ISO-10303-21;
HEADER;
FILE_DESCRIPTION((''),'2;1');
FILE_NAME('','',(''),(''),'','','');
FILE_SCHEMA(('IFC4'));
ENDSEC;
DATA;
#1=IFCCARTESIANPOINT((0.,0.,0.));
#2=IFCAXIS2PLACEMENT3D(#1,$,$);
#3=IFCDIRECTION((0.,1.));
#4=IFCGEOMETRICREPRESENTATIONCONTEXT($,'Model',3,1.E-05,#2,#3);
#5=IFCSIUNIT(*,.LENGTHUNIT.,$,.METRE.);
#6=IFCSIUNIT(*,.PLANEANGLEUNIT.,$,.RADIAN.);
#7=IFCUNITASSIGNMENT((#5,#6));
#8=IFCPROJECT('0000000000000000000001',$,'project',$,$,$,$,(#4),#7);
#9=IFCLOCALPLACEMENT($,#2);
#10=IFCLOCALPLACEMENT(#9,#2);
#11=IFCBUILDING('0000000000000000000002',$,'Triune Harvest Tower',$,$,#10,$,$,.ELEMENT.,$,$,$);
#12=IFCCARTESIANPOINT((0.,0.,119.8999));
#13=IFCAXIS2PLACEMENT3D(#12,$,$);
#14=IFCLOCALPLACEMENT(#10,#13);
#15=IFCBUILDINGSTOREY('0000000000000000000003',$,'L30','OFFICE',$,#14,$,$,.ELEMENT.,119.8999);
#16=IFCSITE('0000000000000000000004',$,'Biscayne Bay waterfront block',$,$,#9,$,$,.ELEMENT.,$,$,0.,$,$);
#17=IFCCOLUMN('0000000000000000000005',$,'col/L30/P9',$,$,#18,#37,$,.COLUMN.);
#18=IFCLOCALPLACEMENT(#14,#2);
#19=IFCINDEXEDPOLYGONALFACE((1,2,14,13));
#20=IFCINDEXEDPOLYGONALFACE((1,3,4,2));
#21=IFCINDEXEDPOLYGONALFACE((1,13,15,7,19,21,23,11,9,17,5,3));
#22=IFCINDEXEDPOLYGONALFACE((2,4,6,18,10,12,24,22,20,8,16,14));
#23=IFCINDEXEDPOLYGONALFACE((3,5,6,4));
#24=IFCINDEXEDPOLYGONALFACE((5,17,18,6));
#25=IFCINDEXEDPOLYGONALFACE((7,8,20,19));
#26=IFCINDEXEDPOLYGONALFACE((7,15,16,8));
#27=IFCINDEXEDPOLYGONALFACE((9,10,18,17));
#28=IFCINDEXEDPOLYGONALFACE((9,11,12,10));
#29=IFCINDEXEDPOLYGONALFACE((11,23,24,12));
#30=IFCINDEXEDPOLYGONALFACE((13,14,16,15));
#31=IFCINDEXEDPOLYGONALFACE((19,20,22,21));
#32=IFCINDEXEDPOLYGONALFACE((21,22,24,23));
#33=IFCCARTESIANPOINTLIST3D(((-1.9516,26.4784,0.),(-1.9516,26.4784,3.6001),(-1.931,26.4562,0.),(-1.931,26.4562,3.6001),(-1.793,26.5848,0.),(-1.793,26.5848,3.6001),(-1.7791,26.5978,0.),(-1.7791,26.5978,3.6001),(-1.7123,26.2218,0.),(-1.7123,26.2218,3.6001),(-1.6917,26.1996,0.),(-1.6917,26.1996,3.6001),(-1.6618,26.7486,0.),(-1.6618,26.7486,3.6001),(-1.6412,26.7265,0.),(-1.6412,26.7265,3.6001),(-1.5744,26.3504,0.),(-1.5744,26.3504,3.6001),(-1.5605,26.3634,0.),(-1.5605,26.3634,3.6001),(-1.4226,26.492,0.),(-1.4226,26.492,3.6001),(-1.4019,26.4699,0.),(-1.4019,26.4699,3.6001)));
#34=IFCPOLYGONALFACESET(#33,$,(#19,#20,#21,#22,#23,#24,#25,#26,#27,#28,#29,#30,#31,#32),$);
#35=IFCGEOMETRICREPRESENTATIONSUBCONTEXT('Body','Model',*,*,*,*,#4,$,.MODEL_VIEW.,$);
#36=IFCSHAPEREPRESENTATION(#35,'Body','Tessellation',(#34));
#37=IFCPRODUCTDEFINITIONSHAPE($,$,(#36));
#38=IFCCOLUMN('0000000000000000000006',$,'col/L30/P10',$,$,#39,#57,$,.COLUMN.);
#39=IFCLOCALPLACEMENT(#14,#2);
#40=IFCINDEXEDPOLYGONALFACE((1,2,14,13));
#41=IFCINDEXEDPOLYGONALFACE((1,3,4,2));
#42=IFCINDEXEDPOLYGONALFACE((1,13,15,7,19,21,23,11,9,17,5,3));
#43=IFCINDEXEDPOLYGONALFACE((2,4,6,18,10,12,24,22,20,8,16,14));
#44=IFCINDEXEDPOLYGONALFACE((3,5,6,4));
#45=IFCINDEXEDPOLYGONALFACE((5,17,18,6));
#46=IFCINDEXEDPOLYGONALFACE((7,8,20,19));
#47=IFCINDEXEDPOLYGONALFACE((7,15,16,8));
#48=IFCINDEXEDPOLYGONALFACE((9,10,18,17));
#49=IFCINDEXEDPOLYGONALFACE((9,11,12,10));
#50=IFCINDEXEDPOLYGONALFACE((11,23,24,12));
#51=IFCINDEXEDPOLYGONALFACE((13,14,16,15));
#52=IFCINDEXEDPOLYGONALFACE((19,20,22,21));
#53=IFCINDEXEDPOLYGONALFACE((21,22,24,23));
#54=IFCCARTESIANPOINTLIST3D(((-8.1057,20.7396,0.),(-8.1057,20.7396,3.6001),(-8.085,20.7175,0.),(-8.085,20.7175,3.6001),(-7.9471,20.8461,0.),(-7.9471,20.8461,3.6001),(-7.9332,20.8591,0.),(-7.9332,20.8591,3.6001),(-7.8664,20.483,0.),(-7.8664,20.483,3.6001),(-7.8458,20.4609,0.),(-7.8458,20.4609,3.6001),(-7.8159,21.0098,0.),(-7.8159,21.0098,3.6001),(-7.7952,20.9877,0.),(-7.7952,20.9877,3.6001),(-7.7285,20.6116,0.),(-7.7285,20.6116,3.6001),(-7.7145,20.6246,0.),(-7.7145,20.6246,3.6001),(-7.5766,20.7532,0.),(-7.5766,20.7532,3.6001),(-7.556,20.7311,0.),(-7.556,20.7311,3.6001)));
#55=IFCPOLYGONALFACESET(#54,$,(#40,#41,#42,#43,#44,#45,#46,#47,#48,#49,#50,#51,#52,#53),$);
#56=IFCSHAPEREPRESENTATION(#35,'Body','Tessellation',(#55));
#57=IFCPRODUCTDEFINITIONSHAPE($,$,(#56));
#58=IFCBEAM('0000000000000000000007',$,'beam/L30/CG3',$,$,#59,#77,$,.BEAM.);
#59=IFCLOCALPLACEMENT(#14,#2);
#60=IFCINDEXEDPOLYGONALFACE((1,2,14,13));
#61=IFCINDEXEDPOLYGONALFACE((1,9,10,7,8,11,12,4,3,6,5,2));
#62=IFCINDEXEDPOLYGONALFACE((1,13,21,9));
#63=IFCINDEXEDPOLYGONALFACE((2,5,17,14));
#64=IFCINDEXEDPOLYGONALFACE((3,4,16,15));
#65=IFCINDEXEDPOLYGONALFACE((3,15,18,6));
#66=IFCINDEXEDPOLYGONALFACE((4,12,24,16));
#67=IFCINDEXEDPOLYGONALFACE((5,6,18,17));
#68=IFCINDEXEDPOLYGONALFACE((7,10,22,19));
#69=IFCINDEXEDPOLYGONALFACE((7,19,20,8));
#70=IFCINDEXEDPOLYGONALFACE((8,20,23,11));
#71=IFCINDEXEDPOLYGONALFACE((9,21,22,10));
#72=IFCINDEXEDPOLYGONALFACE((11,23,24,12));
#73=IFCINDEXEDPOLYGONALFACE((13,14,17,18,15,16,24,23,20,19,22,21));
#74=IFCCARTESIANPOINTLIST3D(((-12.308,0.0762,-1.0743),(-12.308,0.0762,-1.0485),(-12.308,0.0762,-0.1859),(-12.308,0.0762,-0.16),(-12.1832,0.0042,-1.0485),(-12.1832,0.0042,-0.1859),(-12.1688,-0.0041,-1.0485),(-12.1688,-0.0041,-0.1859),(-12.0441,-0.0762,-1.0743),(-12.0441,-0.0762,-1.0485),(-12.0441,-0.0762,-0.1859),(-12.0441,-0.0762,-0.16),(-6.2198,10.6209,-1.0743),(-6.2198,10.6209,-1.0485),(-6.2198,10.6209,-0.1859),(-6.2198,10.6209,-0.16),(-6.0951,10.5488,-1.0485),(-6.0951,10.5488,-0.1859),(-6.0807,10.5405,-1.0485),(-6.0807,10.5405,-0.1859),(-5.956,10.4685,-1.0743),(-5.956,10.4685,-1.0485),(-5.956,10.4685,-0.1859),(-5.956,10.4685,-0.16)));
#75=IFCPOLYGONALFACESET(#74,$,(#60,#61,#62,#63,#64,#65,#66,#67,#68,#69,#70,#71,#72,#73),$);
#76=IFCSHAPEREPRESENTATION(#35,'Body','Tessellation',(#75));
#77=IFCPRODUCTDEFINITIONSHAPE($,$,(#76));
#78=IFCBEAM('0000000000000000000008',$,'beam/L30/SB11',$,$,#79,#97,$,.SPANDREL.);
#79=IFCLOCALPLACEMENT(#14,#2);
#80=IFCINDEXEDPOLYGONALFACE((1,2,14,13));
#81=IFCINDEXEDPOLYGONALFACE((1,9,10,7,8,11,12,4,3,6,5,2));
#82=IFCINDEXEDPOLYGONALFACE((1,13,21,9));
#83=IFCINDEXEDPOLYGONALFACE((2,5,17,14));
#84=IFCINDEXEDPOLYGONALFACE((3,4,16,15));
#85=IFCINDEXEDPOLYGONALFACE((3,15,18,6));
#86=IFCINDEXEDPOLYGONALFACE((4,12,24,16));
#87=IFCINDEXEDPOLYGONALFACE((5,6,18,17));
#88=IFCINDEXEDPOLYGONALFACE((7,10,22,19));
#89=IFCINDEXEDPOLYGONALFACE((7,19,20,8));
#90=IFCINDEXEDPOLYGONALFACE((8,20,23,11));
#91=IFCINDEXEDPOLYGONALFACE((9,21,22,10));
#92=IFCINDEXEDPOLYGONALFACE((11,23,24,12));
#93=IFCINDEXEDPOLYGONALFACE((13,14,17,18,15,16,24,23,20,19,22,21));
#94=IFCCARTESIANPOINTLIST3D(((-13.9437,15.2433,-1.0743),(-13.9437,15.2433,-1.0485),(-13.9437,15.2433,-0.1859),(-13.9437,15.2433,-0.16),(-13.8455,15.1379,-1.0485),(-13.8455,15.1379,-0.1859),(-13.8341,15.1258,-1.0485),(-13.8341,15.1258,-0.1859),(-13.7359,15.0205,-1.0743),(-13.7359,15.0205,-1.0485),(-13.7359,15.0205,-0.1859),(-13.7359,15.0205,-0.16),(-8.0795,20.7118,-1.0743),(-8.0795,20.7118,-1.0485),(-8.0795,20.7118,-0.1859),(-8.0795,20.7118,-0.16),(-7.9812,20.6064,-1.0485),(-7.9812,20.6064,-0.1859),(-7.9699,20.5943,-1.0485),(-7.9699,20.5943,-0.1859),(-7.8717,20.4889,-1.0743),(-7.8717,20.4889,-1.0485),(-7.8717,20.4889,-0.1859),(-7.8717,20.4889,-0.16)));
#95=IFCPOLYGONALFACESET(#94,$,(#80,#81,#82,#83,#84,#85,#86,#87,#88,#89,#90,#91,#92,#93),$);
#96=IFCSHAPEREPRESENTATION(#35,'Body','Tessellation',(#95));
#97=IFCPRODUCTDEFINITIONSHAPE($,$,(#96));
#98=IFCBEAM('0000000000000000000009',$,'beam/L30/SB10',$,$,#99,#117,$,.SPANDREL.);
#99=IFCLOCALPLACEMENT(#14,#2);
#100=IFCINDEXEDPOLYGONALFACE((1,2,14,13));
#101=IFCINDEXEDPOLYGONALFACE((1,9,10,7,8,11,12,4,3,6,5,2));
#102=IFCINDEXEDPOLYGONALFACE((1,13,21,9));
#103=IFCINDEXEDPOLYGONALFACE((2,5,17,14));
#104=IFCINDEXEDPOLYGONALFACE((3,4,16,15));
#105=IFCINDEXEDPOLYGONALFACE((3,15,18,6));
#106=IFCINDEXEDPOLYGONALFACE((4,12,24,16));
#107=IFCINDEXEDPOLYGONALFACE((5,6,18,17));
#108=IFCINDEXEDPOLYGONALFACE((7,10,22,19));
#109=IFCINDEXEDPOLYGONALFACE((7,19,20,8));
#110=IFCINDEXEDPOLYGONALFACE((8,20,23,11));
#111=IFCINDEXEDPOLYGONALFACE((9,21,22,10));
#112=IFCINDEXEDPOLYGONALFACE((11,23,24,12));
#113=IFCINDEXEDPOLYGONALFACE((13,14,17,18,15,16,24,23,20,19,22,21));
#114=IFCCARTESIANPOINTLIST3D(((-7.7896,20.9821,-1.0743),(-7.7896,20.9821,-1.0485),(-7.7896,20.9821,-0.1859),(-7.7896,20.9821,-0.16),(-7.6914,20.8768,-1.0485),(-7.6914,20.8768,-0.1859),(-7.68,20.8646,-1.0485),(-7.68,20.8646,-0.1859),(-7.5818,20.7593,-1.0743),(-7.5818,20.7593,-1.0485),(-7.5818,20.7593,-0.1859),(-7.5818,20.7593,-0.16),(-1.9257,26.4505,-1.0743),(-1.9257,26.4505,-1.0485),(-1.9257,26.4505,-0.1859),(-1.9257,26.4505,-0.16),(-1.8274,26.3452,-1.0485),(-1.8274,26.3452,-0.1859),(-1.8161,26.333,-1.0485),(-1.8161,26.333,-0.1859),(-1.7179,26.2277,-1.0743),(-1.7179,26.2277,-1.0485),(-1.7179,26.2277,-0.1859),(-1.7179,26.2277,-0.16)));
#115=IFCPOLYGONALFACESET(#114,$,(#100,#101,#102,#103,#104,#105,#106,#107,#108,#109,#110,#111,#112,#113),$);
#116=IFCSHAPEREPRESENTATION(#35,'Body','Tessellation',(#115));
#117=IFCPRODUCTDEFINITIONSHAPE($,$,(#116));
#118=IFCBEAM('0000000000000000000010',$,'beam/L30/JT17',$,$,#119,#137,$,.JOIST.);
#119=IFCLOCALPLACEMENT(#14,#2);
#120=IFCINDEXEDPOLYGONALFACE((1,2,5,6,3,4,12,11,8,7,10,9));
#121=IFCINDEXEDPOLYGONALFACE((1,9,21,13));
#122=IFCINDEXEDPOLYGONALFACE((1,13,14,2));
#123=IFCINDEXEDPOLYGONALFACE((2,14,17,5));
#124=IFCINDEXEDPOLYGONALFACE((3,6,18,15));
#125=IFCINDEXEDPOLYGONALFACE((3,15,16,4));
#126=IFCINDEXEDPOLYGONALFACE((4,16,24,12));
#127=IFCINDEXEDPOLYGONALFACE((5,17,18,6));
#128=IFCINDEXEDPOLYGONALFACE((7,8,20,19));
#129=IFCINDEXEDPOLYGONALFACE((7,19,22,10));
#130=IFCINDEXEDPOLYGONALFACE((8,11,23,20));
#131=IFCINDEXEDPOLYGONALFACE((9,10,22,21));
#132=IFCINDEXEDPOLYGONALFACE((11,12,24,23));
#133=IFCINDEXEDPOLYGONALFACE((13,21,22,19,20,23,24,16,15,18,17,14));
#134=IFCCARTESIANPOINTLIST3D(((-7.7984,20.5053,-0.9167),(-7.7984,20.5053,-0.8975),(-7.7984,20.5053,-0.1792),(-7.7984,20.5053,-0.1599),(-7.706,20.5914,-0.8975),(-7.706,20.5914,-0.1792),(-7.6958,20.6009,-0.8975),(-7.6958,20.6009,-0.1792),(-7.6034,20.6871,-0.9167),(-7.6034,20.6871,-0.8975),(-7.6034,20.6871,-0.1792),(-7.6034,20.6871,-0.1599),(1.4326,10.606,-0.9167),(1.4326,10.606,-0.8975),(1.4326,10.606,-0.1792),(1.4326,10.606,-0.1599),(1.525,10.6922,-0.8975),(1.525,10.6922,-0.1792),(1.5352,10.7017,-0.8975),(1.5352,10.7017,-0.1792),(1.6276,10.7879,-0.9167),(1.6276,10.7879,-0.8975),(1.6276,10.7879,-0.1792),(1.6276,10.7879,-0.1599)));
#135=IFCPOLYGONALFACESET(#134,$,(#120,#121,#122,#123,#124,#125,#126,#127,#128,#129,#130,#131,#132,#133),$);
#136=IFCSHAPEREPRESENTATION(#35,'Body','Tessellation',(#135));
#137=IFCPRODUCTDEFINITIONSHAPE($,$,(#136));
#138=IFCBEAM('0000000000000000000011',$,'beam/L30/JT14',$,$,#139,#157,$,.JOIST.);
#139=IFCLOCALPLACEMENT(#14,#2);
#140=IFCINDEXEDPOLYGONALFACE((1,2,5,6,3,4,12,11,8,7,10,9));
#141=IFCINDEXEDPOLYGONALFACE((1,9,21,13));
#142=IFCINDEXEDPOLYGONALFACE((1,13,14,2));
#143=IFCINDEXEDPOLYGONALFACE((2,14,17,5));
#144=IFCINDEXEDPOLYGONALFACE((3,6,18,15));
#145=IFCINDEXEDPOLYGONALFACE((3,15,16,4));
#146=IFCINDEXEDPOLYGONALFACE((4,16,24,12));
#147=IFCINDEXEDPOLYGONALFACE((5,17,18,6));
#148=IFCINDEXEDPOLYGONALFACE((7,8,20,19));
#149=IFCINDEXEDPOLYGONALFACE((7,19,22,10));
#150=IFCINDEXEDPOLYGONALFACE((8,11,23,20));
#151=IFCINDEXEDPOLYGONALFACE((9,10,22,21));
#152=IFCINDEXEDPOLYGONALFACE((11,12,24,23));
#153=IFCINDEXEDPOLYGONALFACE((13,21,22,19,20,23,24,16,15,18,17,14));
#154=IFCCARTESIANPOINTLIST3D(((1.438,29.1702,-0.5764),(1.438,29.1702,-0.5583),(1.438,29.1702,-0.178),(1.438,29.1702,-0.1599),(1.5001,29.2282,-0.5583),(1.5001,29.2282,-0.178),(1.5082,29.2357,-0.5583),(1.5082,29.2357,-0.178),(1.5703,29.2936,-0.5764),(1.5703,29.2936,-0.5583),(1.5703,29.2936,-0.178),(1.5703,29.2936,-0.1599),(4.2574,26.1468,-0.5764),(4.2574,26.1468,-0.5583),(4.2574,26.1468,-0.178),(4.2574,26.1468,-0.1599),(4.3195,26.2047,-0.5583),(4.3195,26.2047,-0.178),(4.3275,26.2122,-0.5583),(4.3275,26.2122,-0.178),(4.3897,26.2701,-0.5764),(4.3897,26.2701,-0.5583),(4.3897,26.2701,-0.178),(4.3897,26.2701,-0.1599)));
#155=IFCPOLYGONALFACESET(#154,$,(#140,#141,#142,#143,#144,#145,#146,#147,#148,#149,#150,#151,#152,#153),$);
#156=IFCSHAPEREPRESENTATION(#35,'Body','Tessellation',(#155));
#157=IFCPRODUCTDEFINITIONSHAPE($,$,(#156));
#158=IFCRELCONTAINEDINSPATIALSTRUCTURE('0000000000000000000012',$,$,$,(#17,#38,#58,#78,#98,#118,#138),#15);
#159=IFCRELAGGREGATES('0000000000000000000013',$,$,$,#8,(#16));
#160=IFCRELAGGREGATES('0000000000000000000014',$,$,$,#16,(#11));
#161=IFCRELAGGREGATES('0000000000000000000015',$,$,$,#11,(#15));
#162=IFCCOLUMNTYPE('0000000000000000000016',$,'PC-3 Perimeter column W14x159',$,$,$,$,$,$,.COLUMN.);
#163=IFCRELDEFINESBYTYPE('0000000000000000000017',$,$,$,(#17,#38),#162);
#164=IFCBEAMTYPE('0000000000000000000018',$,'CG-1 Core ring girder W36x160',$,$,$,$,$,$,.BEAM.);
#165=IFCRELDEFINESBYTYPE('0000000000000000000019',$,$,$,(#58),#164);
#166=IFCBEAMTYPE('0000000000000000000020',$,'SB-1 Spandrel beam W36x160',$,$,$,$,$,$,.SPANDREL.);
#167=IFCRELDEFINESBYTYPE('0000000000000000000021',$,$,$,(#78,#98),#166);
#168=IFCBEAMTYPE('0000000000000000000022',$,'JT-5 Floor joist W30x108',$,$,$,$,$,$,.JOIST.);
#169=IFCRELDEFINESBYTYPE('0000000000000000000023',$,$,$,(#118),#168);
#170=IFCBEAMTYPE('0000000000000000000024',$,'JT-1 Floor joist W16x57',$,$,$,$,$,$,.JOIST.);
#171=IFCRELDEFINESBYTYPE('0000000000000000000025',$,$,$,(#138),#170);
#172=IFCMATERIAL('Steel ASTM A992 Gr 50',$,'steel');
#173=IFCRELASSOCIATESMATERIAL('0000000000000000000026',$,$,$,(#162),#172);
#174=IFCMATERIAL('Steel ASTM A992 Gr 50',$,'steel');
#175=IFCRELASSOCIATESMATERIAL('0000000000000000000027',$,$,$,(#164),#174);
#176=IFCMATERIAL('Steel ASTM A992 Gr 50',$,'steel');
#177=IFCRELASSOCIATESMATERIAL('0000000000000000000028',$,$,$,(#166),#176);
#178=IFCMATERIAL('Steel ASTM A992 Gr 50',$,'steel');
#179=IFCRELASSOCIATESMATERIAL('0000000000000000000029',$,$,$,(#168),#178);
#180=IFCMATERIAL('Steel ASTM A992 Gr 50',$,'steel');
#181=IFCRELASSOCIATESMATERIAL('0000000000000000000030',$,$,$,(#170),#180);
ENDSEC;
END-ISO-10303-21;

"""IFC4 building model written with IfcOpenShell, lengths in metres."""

from ifc_helpers import new_model, si_unit, direction, frame, origin, origin_2d, place, context, subcontext, project, spatial, i_section, extrude, source, transform, mapped, material, material_profile, profile_set, type_object, element, save


model = new_model("IFC4")

# Units and contexts
model_context = context("Model", 3, precision=1e-05, world=origin(), true_north=direction((0.0, 1.0)))
body_context = subcontext(model_context, "Body", "Model", "MODEL_VIEW")
ifc_project = project(units=[si_unit("LENGTHUNIT", "METRE"), si_unit("PLANEANGLEUNIT", "RADIAN")], contexts=[model_context])

# Site, building, storey
site_placement = place(None, origin())
site = spatial("IfcSite", under=ifc_project, at=site_placement, Name="Biscayne Bay waterfront block", CompositionType="ELEMENT", RefElevation=0.0)
building_placement = place(site_placement, origin())
building = spatial("IfcBuilding", under=site, at=building_placement, Name="Triune Harvest Tower", CompositionType="ELEMENT")
storey_placement = place(building_placement, frame((0.0, 0.0, 119.8999)))
storey = spatial("IfcBuildingStorey", under=building, at=storey_placement, Name="L30", Description="OFFICE", CompositionType="ELEMENT", Elevation=119.8999)

# Columns
ifc_material_1 = material(Name="Steel ASTM A992 Gr 50", Category="steel")
ifc_material_profile_1 = material_profile(ifc_material_1, i_section(OverallWidth=0.3962, OverallDepth=0.3811, WebThickness=0.019, FlangeThickness=0.0303, at=origin_2d()), Name="W14x159")
ifc_profile_set_1 = profile_set([ifc_material_profile_1], Name="Steel ASTM A992 Gr 50")
column_type = type_object("IfcColumnType", Name="PC-3 Perimeter column W14x159", PredefinedType="COLUMN", material=ifc_profile_set_1)
shared_shape_1 = source(origin(), body_context, "Body", "SweptSolid", [
    extrude(i_section(OverallWidth=0.3962, OverallDepth=0.3811, WebThickness=0.019, FlangeThickness=0.0303, at=origin_2d()), origin(), (0.0, 0.0, 1.0), 3.6001),
])
for number, where, z_axis, x_axis, name in (
    (1, (-1.6768, 26.4741, 0.0), (0.0, 0.0, 1.0), (-0.731355, -0.681997, 0.0), "col/L30/P9"),
    (2, (-7.8308, 20.7354, 0.0), (0.0, 0.0, 1.0), (-0.731355, -0.681997, 0.0), "col/L30/P10"),
):
    element("IfcColumn", number, at=place(storey_placement, frame(where, z_axis=z_axis, x_axis=x_axis)), inside=storey, type_object=column_type, Name=name, PredefinedType="COLUMN", context=body_context, shape_type="MappedRepresentation", body=[
        mapped(shared_shape_1, transform((0.0, 0.0, 0.0), scale=1.0)),
    ])

# Beams
ifc_material_2 = material(Name="Steel ASTM A992 Gr 50", Category="steel")
ifc_material_profile_2 = material_profile(ifc_material_2, i_section(OverallWidth=0.3047, OverallDepth=0.9143, WebThickness=0.0166, FlangeThickness=0.0259, at=origin_2d()), Name="W36x160")
ifc_profile_set_2 = profile_set([ifc_material_profile_2], Name="Steel ASTM A992 Gr 50")
beam_type_1 = type_object("IfcBeamType", Name="CG-1 Core ring girder W36x160", PredefinedType="BEAM", material=ifc_profile_set_2)
shared_shape_2 = source(origin(), body_context, "Body", "SweptSolid", [
    extrude(i_section(OverallWidth=0.3047, OverallDepth=0.9143, WebThickness=0.0166, FlangeThickness=0.0259, at=origin_2d()), origin(), (0.0, 0.0, 1.0), 12.176),
])
beam_1_placement = place(storey_placement, frame((-6.0879, 10.5447, -0.6172), z_axis=(-0.50001, -0.86602, 0.0), x_axis=(0.86602, -0.50001, 0.0)))
element("IfcBeam", 3, at=beam_1_placement, inside=storey, type_object=beam_type_1, Name="beam/L30/CG3", PredefinedType="BEAM", context=body_context, shape_type="MappedRepresentation", body=[
    mapped(shared_shape_2, transform((0.0, 0.0, 0.0), scale=1.0)),
])
ifc_material_3 = material(Name="Steel ASTM A992 Gr 50", Category="steel")
ifc_material_profile_3 = material_profile(ifc_material_3, i_section(OverallWidth=0.3047, OverallDepth=0.9143, WebThickness=0.0166, FlangeThickness=0.0259, at=origin_2d()), Name="W36x160")
ifc_profile_set_3 = profile_set([ifc_material_profile_3], Name="Steel ASTM A992 Gr 50")
beam_type_2 = type_object("IfcBeamType", Name="SB-1 Spandrel beam W36x160", PredefinedType="SPANDREL", material=ifc_profile_set_3)
shared_shape_3 = source(origin(), body_context, "Body", "SweptSolid", [
    extrude(i_section(OverallWidth=0.3047, OverallDepth=0.9143, WebThickness=0.0166, FlangeThickness=0.0259, at=origin_2d()), origin(), (0.0, 0.0, 1.0), 8.0183),
])
beam_2_placement = place(storey_placement, frame((-7.9756, 20.6003, -0.6172), z_axis=(-0.731354, -0.681998, 0.0), x_axis=(0.681998, -0.731354, 0.0)))
element("IfcBeam", 4, at=beam_2_placement, inside=storey, type_object=beam_type_2, Name="beam/L30/SB11", PredefinedType="SPANDREL", context=body_context, shape_type="MappedRepresentation", body=[
    mapped(shared_shape_3, transform((0.0, 0.0, 0.0), scale=1.0)),
])
shared_shape_4 = source(origin(), body_context, "Body", "SweptSolid", [
    extrude(i_section(OverallWidth=0.3047, OverallDepth=0.9143, WebThickness=0.0166, FlangeThickness=0.0259, at=origin_2d()), origin(), (0.0, 0.0, 1.0), 8.0181),
])
beam_3_placement = place(storey_placement, frame((-1.8218, 26.3391, -0.6172), z_axis=(-0.73134, -0.682013, 0.0), x_axis=(0.682013, -0.73134, 0.0)))
element("IfcBeam", 5, at=beam_3_placement, inside=storey, type_object=beam_type_2, Name="beam/L30/SB10", PredefinedType="SPANDREL", context=body_context, shape_type="MappedRepresentation", body=[
    mapped(shared_shape_4, transform((0.0, 0.0, 0.0), scale=1.0)),
])
ifc_material_4 = material(Name="Steel ASTM A992 Gr 50", Category="steel")
ifc_material_profile_4 = material_profile(ifc_material_4, i_section(OverallWidth=0.2666, OverallDepth=0.7568, WebThickness=0.0139, FlangeThickness=0.0193, at=origin_2d()), Name="W30x108")
ifc_profile_set_4 = profile_set([ifc_material_profile_4], Name="Steel ASTM A992 Gr 50")
beam_type_3 = type_object("IfcBeamType", Name="JT-5 Floor joist W30x108", PredefinedType="JOIST", material=ifc_profile_set_4)
shared_shape_5 = source(origin(), body_context, "Body", "SweptSolid", [
    extrude(i_section(OverallWidth=0.2666, OverallDepth=0.7568, WebThickness=0.0139, FlangeThickness=0.0193, at=origin_2d()), origin(), (0.0, 0.0, 1.0), 13.5354),
])
beam_4_placement = place(storey_placement, frame((-7.7009, 20.5962, -0.5383), z_axis=(0.681992, -0.73136, 0.0), x_axis=(0.73136, 0.681992, 0.0)))
element("IfcBeam", 6, at=beam_4_placement, inside=storey, type_object=beam_type_3, Name="beam/L30/JT17", PredefinedType="JOIST", context=body_context, shape_type="MappedRepresentation", body=[
    mapped(shared_shape_5, transform((0.0, 0.0, 0.0), scale=1.0)),
])
ifc_material_5 = material(Name="Steel ASTM A992 Gr 50", Category="steel")
ifc_material_profile_5 = material_profile(ifc_material_5, i_section(OverallWidth=0.1809, OverallDepth=0.4165, WebThickness=0.011, FlangeThickness=0.0181, at=origin_2d()), Name="W16x57")
ifc_profile_set_5 = profile_set([ifc_material_profile_5], Name="Steel ASTM A992 Gr 50")
beam_type_4 = type_object("IfcBeamType", Name="JT-1 Floor joist W16x57", PredefinedType="JOIST", material=ifc_profile_set_5)
shared_shape_6 = source(origin(), body_context, "Body", "SweptSolid", [
    extrude(i_section(OverallWidth=0.1809, OverallDepth=0.4165, WebThickness=0.011, FlangeThickness=0.0181, at=origin_2d()), origin(), (0.0, 0.0, 1.0), 4.134),
])
beam_5_placement = place(storey_placement, frame((1.5042, 29.2319, -0.3682), z_axis=(0.68199, -0.731362, 0.0), x_axis=(0.731362, 0.68199, 0.0)))
element("IfcBeam", 7, at=beam_5_placement, inside=storey, type_object=beam_type_4, Name="beam/L30/JT14", PredefinedType="JOIST", context=body_context, shape_type="MappedRepresentation", body=[
    mapped(shared_shape_6, transform((0.0, 0.0, 0.0), scale=1.0)),
])

save(model, "model.ifc")
